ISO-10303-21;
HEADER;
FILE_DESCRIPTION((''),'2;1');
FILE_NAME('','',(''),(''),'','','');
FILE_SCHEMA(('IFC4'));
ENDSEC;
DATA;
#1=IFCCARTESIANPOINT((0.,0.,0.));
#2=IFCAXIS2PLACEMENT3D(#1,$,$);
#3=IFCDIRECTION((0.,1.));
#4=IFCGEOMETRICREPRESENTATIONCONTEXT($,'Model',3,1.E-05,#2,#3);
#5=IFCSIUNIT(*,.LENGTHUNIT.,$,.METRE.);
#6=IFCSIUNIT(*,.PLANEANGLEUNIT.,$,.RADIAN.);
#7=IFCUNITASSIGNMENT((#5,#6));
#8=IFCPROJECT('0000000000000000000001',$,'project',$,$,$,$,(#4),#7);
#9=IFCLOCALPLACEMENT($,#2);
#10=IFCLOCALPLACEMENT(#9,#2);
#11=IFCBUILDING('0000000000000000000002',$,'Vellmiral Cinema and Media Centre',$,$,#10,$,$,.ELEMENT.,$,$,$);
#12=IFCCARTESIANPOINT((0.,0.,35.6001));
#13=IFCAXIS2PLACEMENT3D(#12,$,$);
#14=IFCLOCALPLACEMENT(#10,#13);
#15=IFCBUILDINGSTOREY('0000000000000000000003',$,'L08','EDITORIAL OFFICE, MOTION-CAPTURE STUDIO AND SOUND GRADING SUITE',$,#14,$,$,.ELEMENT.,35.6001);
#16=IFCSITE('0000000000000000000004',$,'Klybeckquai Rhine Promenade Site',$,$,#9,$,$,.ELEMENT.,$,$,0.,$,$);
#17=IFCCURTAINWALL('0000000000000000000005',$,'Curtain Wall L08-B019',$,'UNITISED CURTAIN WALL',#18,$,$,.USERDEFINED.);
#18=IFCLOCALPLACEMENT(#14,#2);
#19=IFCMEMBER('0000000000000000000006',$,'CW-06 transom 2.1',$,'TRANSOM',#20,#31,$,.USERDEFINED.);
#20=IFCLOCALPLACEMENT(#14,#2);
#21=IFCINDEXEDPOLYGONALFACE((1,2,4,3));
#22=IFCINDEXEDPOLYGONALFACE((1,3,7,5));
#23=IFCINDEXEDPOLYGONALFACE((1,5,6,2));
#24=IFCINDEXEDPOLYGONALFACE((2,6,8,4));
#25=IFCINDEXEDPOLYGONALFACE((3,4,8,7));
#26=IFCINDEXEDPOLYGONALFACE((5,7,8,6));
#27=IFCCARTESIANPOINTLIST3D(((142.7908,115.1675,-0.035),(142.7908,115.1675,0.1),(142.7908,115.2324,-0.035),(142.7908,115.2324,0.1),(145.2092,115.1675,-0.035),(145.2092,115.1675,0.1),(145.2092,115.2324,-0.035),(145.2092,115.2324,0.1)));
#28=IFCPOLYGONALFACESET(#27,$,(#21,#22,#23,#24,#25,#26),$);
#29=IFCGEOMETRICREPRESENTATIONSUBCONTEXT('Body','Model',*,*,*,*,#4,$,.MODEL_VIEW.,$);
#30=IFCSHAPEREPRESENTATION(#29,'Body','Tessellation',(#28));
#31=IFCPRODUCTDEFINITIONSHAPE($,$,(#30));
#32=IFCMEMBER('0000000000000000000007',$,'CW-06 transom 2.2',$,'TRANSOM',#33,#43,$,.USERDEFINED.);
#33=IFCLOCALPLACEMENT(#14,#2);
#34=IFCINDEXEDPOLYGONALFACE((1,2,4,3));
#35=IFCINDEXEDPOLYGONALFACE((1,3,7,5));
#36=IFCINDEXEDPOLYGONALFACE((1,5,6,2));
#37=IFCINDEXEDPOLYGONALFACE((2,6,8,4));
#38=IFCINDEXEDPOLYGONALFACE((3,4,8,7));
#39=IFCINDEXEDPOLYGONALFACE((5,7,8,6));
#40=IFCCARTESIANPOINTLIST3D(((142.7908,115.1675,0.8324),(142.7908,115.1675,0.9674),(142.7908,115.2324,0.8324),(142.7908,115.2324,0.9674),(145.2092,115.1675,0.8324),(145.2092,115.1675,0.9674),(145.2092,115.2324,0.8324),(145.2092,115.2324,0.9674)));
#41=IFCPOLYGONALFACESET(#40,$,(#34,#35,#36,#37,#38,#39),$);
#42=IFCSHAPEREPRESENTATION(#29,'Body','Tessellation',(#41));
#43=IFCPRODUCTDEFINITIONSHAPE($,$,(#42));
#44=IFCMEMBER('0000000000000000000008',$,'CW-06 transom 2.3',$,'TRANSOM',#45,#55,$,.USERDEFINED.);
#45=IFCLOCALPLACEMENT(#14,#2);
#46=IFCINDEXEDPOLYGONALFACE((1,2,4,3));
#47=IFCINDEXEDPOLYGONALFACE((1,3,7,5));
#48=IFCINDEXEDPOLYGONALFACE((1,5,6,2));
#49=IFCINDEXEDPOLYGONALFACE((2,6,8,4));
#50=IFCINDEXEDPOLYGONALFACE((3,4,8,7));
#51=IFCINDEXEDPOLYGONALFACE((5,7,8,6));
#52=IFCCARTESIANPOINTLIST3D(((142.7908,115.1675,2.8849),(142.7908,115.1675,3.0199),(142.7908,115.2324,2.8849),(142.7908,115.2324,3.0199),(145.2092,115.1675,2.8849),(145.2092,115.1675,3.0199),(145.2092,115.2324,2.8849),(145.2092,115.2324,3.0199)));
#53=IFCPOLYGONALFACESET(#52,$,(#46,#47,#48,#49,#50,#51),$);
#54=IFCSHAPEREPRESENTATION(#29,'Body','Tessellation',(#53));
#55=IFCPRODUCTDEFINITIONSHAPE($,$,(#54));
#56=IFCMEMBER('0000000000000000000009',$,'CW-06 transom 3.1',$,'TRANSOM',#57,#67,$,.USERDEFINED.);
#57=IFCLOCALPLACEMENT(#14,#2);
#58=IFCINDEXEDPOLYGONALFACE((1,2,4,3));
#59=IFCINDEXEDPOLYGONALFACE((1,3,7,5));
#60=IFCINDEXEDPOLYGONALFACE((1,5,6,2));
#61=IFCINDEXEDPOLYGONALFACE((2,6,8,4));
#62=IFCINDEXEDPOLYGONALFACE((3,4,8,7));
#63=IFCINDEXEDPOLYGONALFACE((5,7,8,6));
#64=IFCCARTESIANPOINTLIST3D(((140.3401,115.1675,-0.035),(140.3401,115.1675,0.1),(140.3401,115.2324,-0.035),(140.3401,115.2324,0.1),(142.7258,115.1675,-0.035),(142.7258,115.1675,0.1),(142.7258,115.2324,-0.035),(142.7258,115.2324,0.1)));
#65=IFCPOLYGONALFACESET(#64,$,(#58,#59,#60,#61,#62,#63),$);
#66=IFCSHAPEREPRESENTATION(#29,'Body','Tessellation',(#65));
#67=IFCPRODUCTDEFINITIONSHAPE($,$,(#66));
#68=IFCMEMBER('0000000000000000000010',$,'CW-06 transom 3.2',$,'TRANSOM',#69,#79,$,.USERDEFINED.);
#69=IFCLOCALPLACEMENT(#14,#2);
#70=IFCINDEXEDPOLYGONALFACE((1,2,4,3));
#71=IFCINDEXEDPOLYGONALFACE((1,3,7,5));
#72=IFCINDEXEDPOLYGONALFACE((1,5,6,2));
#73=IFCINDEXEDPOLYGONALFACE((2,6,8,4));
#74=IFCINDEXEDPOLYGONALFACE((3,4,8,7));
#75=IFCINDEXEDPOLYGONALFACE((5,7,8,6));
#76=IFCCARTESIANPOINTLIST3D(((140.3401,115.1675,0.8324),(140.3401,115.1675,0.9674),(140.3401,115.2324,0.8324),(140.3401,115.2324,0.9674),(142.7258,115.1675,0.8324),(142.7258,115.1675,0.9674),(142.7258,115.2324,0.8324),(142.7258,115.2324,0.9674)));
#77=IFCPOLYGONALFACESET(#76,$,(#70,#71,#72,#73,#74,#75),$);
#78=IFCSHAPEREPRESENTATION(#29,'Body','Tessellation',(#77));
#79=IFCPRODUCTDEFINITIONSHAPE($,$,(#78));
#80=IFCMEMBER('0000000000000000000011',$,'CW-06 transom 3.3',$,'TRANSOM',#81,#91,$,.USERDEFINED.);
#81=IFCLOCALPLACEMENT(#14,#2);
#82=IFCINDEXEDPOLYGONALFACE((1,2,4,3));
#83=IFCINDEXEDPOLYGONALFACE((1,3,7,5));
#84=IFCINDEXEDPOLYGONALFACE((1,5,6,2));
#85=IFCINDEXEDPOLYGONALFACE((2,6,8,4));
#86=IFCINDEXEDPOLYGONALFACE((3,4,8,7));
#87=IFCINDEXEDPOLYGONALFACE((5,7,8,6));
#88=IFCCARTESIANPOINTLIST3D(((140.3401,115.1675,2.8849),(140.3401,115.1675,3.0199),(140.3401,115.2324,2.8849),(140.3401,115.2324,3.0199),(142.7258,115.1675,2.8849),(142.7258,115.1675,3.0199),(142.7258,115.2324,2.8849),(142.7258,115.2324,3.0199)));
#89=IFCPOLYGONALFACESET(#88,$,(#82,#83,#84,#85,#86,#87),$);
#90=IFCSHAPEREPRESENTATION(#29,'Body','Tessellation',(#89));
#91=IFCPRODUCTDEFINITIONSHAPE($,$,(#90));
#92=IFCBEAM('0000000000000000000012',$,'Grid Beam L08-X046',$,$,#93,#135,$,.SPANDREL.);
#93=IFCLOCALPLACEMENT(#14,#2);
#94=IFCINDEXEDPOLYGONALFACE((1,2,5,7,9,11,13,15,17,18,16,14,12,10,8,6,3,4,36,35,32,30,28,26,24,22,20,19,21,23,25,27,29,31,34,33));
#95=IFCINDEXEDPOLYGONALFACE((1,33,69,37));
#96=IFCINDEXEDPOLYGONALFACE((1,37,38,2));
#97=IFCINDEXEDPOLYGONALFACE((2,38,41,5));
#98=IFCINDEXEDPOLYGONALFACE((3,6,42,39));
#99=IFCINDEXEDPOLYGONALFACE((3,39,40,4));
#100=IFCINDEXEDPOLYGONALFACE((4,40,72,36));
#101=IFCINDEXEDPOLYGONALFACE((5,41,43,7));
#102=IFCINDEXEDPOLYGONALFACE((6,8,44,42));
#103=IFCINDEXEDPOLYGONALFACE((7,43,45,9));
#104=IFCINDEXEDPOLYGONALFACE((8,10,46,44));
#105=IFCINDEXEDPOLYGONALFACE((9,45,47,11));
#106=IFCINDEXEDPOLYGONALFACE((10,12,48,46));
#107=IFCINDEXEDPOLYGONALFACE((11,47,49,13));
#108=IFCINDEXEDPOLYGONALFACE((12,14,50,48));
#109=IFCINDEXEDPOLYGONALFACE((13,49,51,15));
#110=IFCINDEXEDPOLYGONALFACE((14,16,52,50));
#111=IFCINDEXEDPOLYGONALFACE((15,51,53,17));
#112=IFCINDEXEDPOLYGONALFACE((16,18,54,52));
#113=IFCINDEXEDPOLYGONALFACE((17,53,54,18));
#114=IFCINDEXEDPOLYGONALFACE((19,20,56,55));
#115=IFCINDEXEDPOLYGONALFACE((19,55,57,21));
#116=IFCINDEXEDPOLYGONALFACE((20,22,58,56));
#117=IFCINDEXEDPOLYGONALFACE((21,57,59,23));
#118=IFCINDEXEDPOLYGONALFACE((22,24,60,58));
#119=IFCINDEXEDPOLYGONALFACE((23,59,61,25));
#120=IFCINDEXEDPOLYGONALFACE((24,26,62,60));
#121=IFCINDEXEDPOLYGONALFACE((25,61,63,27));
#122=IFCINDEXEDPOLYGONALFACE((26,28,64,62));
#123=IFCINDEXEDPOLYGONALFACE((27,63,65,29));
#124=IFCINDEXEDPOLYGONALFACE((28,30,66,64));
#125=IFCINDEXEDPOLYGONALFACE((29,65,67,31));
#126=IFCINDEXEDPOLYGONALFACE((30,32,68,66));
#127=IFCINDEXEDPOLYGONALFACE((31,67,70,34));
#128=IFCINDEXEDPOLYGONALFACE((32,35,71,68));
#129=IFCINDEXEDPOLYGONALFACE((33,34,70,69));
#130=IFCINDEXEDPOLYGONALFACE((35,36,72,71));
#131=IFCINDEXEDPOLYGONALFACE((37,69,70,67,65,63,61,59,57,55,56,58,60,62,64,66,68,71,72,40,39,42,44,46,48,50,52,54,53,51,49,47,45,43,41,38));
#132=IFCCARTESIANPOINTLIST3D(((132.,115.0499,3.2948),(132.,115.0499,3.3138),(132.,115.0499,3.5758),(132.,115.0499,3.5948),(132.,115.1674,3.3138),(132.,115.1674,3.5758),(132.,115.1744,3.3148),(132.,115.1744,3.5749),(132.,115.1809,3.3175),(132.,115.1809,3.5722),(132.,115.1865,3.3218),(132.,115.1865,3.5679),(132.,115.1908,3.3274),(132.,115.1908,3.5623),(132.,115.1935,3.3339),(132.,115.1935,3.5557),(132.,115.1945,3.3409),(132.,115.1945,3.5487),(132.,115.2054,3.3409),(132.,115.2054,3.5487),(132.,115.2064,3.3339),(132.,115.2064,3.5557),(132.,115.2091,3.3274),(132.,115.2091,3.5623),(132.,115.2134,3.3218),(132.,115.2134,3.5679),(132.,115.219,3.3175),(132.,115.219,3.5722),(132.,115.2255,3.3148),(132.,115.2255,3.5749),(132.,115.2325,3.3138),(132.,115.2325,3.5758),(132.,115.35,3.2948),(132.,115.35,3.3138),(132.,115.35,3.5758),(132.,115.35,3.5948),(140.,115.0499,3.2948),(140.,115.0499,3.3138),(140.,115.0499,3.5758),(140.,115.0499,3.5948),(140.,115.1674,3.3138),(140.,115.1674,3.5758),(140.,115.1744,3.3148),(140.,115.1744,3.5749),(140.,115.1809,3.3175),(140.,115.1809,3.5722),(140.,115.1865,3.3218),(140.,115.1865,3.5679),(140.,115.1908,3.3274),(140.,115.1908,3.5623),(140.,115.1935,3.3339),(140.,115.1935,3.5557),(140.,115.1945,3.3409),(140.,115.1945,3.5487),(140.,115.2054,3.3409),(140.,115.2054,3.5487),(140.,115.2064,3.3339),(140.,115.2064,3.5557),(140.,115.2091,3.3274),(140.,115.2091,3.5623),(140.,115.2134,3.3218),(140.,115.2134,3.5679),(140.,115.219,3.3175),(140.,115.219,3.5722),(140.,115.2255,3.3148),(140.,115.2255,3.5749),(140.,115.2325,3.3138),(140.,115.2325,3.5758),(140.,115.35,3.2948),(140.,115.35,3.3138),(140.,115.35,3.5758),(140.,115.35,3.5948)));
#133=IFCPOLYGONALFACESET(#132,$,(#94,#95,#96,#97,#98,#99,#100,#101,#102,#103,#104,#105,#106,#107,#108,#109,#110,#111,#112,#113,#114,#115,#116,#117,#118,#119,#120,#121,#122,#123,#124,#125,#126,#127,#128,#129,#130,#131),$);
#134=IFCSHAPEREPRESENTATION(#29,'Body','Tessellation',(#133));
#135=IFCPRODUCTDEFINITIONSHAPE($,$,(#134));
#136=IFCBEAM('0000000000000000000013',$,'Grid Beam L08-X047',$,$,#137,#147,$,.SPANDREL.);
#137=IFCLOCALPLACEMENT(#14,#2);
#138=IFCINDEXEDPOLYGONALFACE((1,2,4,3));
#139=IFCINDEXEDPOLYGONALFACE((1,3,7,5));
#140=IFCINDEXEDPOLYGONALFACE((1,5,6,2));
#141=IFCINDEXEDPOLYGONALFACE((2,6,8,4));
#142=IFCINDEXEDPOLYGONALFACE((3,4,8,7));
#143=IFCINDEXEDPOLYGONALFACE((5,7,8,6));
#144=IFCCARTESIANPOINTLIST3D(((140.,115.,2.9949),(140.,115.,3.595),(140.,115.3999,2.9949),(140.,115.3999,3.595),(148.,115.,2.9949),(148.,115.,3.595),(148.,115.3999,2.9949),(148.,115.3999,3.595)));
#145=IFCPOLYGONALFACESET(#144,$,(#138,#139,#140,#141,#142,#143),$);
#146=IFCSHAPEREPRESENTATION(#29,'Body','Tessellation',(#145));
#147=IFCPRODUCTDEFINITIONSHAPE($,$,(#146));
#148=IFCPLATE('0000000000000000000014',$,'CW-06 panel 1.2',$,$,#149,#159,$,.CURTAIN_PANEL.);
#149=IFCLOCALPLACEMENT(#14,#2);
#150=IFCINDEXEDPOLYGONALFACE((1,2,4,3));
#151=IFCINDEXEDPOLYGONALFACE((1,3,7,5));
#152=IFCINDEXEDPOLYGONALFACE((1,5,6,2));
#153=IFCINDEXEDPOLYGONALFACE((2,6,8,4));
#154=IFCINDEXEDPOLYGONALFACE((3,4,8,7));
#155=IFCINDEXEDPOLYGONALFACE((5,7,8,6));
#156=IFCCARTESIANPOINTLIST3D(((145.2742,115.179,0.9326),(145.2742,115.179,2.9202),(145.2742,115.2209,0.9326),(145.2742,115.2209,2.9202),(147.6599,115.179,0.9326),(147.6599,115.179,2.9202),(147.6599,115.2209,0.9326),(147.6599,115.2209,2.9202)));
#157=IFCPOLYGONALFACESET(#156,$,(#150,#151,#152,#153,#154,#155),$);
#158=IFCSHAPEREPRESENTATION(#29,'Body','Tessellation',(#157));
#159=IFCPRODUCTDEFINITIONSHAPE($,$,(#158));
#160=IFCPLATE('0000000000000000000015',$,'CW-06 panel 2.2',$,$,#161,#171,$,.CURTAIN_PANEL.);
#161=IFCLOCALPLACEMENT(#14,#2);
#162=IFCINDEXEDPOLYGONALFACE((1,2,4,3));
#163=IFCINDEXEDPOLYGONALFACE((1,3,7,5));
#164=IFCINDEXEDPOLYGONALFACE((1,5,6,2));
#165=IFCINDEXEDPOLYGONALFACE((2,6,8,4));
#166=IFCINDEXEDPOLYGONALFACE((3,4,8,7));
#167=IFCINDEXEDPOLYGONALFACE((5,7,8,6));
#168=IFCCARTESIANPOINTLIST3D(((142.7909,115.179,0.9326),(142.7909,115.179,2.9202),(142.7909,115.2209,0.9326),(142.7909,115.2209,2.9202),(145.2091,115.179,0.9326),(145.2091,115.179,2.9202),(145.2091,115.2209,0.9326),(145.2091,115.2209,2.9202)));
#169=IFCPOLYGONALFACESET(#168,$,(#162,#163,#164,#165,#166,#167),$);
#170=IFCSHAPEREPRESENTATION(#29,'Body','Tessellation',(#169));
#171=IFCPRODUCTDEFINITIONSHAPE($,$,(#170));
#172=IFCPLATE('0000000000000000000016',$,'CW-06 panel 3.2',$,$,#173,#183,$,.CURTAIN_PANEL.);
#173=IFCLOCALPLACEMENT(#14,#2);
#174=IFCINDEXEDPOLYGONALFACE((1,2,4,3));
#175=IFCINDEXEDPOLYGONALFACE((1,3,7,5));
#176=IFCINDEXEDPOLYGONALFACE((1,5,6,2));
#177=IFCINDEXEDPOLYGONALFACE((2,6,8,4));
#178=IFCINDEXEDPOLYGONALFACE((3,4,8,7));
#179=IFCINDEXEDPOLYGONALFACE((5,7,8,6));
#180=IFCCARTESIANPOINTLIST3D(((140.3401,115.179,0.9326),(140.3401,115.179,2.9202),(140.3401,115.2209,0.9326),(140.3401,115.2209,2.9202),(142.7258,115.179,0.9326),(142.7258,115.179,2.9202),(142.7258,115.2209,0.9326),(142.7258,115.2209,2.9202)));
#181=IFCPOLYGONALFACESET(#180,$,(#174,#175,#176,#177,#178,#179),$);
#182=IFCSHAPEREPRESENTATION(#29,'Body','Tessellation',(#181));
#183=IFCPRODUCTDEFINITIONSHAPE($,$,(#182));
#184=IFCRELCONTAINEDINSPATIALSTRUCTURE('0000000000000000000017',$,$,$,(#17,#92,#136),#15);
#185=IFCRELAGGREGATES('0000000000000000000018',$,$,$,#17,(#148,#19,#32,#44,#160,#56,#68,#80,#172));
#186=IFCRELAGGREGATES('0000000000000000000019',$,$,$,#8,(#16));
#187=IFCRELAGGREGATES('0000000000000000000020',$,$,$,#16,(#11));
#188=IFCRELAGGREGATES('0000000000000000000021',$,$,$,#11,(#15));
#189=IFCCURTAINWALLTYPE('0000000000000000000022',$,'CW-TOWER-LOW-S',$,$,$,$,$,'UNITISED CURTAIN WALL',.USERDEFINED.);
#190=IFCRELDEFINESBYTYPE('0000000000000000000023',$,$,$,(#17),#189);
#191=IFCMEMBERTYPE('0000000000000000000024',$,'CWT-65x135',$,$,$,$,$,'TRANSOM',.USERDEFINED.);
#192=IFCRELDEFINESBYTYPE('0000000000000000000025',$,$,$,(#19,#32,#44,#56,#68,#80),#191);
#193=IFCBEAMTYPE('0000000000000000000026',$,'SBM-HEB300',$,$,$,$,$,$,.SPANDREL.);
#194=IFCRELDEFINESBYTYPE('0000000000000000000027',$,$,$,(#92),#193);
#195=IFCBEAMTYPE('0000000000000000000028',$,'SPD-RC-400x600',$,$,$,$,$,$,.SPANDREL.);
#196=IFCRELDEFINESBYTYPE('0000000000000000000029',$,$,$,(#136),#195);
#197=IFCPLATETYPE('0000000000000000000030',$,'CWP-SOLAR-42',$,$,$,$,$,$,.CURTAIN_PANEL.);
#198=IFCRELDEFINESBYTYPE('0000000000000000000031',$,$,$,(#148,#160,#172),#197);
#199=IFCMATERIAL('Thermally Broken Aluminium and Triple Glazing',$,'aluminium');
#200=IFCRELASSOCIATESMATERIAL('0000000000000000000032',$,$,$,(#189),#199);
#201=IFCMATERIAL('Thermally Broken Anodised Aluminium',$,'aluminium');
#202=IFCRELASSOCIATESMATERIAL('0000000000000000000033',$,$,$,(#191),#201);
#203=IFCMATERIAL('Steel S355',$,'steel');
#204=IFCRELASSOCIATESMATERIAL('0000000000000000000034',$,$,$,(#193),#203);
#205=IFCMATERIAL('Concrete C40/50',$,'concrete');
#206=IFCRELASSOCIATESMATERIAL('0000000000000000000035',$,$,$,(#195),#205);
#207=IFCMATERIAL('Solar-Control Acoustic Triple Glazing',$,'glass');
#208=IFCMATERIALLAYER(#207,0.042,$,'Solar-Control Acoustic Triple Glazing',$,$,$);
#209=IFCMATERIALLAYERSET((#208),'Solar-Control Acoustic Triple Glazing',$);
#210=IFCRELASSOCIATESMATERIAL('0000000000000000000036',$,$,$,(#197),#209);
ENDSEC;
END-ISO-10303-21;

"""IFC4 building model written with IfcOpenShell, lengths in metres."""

from ifc_helpers import new_model, si_unit, direction, frame, origin, origin_2d, place, context, subcontext, project, spatial, rectangle, i_section, extrude, material, layer, layer_set, material_profile, profile_set, type_object, element, aggregate, save


model = new_model("IFC4")

# Units and contexts
model_context = context("Model", 3, precision=1e-05, world=origin(), true_north=direction((0.0, 1.0)))
body_context = subcontext(model_context, "Body", "Model", "MODEL_VIEW")
ifc_project = project(units=[si_unit("LENGTHUNIT", "METRE"), si_unit("PLANEANGLEUNIT", "RADIAN")], contexts=[model_context])

# Site, building, storey
site_placement = place(None, origin())
site = spatial("IfcSite", under=ifc_project, at=site_placement, Name="Klybeckquai Rhine Promenade Site", CompositionType="ELEMENT", RefElevation=0.0)
building_placement = place(site_placement, origin())
building = spatial("IfcBuilding", under=site, at=building_placement, Name="Vellmiral Cinema and Media Centre", CompositionType="ELEMENT")
storey_placement = place(building_placement, frame((0.0, 0.0, 35.6001)))
storey = spatial("IfcBuildingStorey", under=building, at=storey_placement, Name="L08", Description="EDITORIAL OFFICE, MOTION-CAPTURE STUDIO AND SOUND GRADING SUITE", CompositionType="ELEMENT", Elevation=35.6001)

# Curtain wall, members
ifc_material_1 = material(Name="Thermally Broken Aluminium and Triple Glazing", Category="aluminium")
curtain_wall_type = type_object("IfcCurtainWallType", Name="CW-TOWER-LOW-S", ElementType="UNITISED CURTAIN WALL", PredefinedType="USERDEFINED", material=ifc_material_1)
curtain_wall_placement = place(storey_placement, origin())
curtain_wall = element("IfcCurtainWall", 1, at=curtain_wall_placement, inside=storey, type_object=curtain_wall_type, Name="Curtain Wall L08-B019", ObjectType="UNITISED CURTAIN WALL", PredefinedType="USERDEFINED")
ifc_material_2 = material(Name="Thermally Broken Anodised Aluminium", Category="aluminium")
ifc_material_profile_1 = material_profile(ifc_material_2, rectangle(XDim=0.0649, YDim=0.135, at=origin_2d()), Name="MULL 65x135")
ifc_profile_set_1 = profile_set([ifc_material_profile_1], Name="Thermally Broken Anodised Aluminium")
member_type_1 = type_object("IfcMemberType", Name="CWT-65x135", ElementType="TRANSOM", PredefinedType="USERDEFINED", material=ifc_profile_set_1)
member_1_placement = place(storey_placement, frame((145.2092, 115.2, 0.0325), z_axis=(-1.0, 0.0, 0.0), x_axis=(0.0, -1.0, 0.0)))
member_1 = element("IfcMember", 2, at=member_1_placement, type_object=member_type_1, Name="CW-06 transom 2.1", ObjectType="TRANSOM", PredefinedType="USERDEFINED", context=body_context, shape_type="SweptSolid", body=[
    extrude(rectangle(XDim=0.0649, YDim=0.135, at=origin_2d()), origin(), (0.0, 0.0, 1.0), 2.4185),
])
member_2_placement = place(storey_placement, frame((145.2092, 115.2, 0.8999), z_axis=(-1.0, 0.0, 0.0), x_axis=(0.0, -1.0, 0.0)))
member_2 = element("IfcMember", 3, at=member_2_placement, type_object=member_type_1, Name="CW-06 transom 2.2", ObjectType="TRANSOM", PredefinedType="USERDEFINED", context=body_context, shape_type="SweptSolid", body=[
    extrude(rectangle(XDim=0.0649, YDim=0.135, at=origin_2d()), origin(), (0.0, 0.0, 1.0), 2.4185),
])
member_3_placement = place(storey_placement, frame((145.2092, 115.2, 2.9524), z_axis=(-1.0, 0.0, 0.0), x_axis=(0.0, -1.0, 0.0)))
member_3 = element("IfcMember", 4, at=member_3_placement, type_object=member_type_1, Name="CW-06 transom 2.3", ObjectType="TRANSOM", PredefinedType="USERDEFINED", context=body_context, shape_type="SweptSolid", body=[
    extrude(rectangle(XDim=0.0649, YDim=0.135, at=origin_2d()), origin(), (0.0, 0.0, 1.0), 2.4185),
])
member_4_placement = place(storey_placement, frame((142.7258, 115.2, 0.0325), z_axis=(-1.0, 0.0, 0.0), x_axis=(0.0, -1.0, 0.0)))
member_4 = element("IfcMember", 5, at=member_4_placement, type_object=member_type_1, Name="CW-06 transom 3.1", ObjectType="TRANSOM", PredefinedType="USERDEFINED", context=body_context, shape_type="SweptSolid", body=[
    extrude(rectangle(XDim=0.0649, YDim=0.135, at=origin_2d()), origin(), (0.0, 0.0, 1.0), 2.3857),
])
member_5_placement = place(storey_placement, frame((142.7258, 115.2, 0.8999), z_axis=(-1.0, 0.0, 0.0), x_axis=(0.0, -1.0, 0.0)))
member_5 = element("IfcMember", 6, at=member_5_placement, type_object=member_type_1, Name="CW-06 transom 3.2", ObjectType="TRANSOM", PredefinedType="USERDEFINED", context=body_context, shape_type="SweptSolid", body=[
    extrude(rectangle(XDim=0.0649, YDim=0.135, at=origin_2d()), origin(), (0.0, 0.0, 1.0), 2.3857),
])
member_6_placement = place(storey_placement, frame((142.7258, 115.2, 2.9524), z_axis=(-1.0, 0.0, 0.0), x_axis=(0.0, -1.0, 0.0)))
member_6 = element("IfcMember", 7, at=member_6_placement, type_object=member_type_1, Name="CW-06 transom 3.3", ObjectType="TRANSOM", PredefinedType="USERDEFINED", context=body_context, shape_type="SweptSolid", body=[
    extrude(rectangle(XDim=0.0649, YDim=0.135, at=origin_2d()), origin(), (0.0, 0.0, 1.0), 2.3857),
])

# Beams
ifc_material_3 = material(Name="Steel S355", Category="steel")
ifc_material_profile_2 = material_profile(ifc_material_3, i_section(OverallWidth=0.3, OverallDepth=0.3, WebThickness=0.011, FlangeThickness=0.019, FilletRadius=0.0271, at=origin_2d()), Name="HEB 300")
ifc_profile_set_2 = profile_set([ifc_material_profile_2], Name="Steel S355")
beam_type_1 = type_object("IfcBeamType", Name="SBM-HEB300", PredefinedType="SPANDREL", material=ifc_profile_set_2)
beam_1_placement = place(storey_placement, frame((132.0, 115.2, 3.4448), z_axis=(1.0, 0.0, 0.0), x_axis=(0.0, 1.0, 0.0)))
element("IfcBeam", 8, at=beam_1_placement, inside=storey, type_object=beam_type_1, Name="Grid Beam L08-X046", PredefinedType="SPANDREL", context=body_context, shape_type="SweptSolid", body=[
    extrude(i_section(OverallWidth=0.3, OverallDepth=0.3, WebThickness=0.011, FlangeThickness=0.019, FilletRadius=0.0271, at=origin_2d()), origin(), (0.0, 0.0, 1.0), 8.0),
])
ifc_material_4 = material(Name="Concrete C40/50", Category="concrete")
ifc_material_profile_3 = material_profile(ifc_material_4, rectangle(XDim=0.3999, YDim=0.6001, at=origin_2d()), Name="RC 400x600")
ifc_profile_set_3 = profile_set([ifc_material_profile_3], Name="Concrete C40/50")
beam_type_2 = type_object("IfcBeamType", Name="SPD-RC-400x600", PredefinedType="SPANDREL", material=ifc_profile_set_3)
beam_2_placement = place(storey_placement, frame((140.0, 115.2, 3.2949), z_axis=(1.0, 0.0, 0.0), x_axis=(0.0, 1.0, 0.0)))
element("IfcBeam", 9, at=beam_2_placement, inside=storey, type_object=beam_type_2, Name="Grid Beam L08-X047", PredefinedType="SPANDREL", context=body_context, shape_type="SweptSolid", body=[
    extrude(rectangle(XDim=0.3999, YDim=0.6001, at=origin_2d()), origin(), (0.0, 0.0, 1.0), 8.0),
])

# Plates
ifc_material_5 = material(Name="Solar-Control Acoustic Triple Glazing", Category="glass")
ifc_layer_1 = layer(ifc_material_5, 0.042, Name="Solar-Control Acoustic Triple Glazing")
ifc_layer_set_1 = layer_set([ifc_layer_1], Name="Solar-Control Acoustic Triple Glazing")
plate_type_1 = type_object("IfcPlateType", Name="CWP-SOLAR-42", PredefinedType="CURTAIN_PANEL", material=ifc_layer_set_1)
plate_1_placement = place(storey_placement, frame((146.467, 115.2, 0.9326), z_axis=(0.0, 0.0, 1.0), x_axis=(-1.0, 0.0, 0.0)))
plate_1 = element("IfcPlate", 10, at=plate_1_placement, type_object=plate_type_1, Name="CW-06 panel 1.2", PredefinedType="CURTAIN_PANEL", context=body_context, shape_type="SweptSolid", body=[
    extrude(rectangle(XDim=2.3857, YDim=0.042, at=origin_2d()), origin(), (0.0, 0.0, 1.0), 1.9875),
])
plate_2_placement = place(storey_placement, frame((144.0, 115.2, 0.9326), z_axis=(0.0, 0.0, 1.0), x_axis=(-1.0, 0.0, 0.0)))
plate_2 = element("IfcPlate", 11, at=plate_2_placement, type_object=plate_type_1, Name="CW-06 panel 2.2", PredefinedType="CURTAIN_PANEL", context=body_context, shape_type="SweptSolid", body=[
    extrude(rectangle(XDim=2.4182, YDim=0.042, at=origin_2d()), origin(), (0.0, 0.0, 1.0), 1.9875),
])
plate_3_placement = place(storey_placement, frame((141.533, 115.2, 0.9326), z_axis=(0.0, 0.0, 1.0), x_axis=(-1.0, 0.0, 0.0)))
plate_3 = element("IfcPlate", 12, at=plate_3_placement, type_object=plate_type_1, Name="CW-06 panel 3.2", PredefinedType="CURTAIN_PANEL", context=body_context, shape_type="SweptSolid", body=[
    extrude(rectangle(XDim=2.3857, YDim=0.042, at=origin_2d()), origin(), (0.0, 0.0, 1.0), 1.9875),
])
aggregate(curtain_wall, [plate_1, member_1, member_2, member_3, plate_2, member_4, member_5, member_6, plate_3])

save(model, "model.ifc")
